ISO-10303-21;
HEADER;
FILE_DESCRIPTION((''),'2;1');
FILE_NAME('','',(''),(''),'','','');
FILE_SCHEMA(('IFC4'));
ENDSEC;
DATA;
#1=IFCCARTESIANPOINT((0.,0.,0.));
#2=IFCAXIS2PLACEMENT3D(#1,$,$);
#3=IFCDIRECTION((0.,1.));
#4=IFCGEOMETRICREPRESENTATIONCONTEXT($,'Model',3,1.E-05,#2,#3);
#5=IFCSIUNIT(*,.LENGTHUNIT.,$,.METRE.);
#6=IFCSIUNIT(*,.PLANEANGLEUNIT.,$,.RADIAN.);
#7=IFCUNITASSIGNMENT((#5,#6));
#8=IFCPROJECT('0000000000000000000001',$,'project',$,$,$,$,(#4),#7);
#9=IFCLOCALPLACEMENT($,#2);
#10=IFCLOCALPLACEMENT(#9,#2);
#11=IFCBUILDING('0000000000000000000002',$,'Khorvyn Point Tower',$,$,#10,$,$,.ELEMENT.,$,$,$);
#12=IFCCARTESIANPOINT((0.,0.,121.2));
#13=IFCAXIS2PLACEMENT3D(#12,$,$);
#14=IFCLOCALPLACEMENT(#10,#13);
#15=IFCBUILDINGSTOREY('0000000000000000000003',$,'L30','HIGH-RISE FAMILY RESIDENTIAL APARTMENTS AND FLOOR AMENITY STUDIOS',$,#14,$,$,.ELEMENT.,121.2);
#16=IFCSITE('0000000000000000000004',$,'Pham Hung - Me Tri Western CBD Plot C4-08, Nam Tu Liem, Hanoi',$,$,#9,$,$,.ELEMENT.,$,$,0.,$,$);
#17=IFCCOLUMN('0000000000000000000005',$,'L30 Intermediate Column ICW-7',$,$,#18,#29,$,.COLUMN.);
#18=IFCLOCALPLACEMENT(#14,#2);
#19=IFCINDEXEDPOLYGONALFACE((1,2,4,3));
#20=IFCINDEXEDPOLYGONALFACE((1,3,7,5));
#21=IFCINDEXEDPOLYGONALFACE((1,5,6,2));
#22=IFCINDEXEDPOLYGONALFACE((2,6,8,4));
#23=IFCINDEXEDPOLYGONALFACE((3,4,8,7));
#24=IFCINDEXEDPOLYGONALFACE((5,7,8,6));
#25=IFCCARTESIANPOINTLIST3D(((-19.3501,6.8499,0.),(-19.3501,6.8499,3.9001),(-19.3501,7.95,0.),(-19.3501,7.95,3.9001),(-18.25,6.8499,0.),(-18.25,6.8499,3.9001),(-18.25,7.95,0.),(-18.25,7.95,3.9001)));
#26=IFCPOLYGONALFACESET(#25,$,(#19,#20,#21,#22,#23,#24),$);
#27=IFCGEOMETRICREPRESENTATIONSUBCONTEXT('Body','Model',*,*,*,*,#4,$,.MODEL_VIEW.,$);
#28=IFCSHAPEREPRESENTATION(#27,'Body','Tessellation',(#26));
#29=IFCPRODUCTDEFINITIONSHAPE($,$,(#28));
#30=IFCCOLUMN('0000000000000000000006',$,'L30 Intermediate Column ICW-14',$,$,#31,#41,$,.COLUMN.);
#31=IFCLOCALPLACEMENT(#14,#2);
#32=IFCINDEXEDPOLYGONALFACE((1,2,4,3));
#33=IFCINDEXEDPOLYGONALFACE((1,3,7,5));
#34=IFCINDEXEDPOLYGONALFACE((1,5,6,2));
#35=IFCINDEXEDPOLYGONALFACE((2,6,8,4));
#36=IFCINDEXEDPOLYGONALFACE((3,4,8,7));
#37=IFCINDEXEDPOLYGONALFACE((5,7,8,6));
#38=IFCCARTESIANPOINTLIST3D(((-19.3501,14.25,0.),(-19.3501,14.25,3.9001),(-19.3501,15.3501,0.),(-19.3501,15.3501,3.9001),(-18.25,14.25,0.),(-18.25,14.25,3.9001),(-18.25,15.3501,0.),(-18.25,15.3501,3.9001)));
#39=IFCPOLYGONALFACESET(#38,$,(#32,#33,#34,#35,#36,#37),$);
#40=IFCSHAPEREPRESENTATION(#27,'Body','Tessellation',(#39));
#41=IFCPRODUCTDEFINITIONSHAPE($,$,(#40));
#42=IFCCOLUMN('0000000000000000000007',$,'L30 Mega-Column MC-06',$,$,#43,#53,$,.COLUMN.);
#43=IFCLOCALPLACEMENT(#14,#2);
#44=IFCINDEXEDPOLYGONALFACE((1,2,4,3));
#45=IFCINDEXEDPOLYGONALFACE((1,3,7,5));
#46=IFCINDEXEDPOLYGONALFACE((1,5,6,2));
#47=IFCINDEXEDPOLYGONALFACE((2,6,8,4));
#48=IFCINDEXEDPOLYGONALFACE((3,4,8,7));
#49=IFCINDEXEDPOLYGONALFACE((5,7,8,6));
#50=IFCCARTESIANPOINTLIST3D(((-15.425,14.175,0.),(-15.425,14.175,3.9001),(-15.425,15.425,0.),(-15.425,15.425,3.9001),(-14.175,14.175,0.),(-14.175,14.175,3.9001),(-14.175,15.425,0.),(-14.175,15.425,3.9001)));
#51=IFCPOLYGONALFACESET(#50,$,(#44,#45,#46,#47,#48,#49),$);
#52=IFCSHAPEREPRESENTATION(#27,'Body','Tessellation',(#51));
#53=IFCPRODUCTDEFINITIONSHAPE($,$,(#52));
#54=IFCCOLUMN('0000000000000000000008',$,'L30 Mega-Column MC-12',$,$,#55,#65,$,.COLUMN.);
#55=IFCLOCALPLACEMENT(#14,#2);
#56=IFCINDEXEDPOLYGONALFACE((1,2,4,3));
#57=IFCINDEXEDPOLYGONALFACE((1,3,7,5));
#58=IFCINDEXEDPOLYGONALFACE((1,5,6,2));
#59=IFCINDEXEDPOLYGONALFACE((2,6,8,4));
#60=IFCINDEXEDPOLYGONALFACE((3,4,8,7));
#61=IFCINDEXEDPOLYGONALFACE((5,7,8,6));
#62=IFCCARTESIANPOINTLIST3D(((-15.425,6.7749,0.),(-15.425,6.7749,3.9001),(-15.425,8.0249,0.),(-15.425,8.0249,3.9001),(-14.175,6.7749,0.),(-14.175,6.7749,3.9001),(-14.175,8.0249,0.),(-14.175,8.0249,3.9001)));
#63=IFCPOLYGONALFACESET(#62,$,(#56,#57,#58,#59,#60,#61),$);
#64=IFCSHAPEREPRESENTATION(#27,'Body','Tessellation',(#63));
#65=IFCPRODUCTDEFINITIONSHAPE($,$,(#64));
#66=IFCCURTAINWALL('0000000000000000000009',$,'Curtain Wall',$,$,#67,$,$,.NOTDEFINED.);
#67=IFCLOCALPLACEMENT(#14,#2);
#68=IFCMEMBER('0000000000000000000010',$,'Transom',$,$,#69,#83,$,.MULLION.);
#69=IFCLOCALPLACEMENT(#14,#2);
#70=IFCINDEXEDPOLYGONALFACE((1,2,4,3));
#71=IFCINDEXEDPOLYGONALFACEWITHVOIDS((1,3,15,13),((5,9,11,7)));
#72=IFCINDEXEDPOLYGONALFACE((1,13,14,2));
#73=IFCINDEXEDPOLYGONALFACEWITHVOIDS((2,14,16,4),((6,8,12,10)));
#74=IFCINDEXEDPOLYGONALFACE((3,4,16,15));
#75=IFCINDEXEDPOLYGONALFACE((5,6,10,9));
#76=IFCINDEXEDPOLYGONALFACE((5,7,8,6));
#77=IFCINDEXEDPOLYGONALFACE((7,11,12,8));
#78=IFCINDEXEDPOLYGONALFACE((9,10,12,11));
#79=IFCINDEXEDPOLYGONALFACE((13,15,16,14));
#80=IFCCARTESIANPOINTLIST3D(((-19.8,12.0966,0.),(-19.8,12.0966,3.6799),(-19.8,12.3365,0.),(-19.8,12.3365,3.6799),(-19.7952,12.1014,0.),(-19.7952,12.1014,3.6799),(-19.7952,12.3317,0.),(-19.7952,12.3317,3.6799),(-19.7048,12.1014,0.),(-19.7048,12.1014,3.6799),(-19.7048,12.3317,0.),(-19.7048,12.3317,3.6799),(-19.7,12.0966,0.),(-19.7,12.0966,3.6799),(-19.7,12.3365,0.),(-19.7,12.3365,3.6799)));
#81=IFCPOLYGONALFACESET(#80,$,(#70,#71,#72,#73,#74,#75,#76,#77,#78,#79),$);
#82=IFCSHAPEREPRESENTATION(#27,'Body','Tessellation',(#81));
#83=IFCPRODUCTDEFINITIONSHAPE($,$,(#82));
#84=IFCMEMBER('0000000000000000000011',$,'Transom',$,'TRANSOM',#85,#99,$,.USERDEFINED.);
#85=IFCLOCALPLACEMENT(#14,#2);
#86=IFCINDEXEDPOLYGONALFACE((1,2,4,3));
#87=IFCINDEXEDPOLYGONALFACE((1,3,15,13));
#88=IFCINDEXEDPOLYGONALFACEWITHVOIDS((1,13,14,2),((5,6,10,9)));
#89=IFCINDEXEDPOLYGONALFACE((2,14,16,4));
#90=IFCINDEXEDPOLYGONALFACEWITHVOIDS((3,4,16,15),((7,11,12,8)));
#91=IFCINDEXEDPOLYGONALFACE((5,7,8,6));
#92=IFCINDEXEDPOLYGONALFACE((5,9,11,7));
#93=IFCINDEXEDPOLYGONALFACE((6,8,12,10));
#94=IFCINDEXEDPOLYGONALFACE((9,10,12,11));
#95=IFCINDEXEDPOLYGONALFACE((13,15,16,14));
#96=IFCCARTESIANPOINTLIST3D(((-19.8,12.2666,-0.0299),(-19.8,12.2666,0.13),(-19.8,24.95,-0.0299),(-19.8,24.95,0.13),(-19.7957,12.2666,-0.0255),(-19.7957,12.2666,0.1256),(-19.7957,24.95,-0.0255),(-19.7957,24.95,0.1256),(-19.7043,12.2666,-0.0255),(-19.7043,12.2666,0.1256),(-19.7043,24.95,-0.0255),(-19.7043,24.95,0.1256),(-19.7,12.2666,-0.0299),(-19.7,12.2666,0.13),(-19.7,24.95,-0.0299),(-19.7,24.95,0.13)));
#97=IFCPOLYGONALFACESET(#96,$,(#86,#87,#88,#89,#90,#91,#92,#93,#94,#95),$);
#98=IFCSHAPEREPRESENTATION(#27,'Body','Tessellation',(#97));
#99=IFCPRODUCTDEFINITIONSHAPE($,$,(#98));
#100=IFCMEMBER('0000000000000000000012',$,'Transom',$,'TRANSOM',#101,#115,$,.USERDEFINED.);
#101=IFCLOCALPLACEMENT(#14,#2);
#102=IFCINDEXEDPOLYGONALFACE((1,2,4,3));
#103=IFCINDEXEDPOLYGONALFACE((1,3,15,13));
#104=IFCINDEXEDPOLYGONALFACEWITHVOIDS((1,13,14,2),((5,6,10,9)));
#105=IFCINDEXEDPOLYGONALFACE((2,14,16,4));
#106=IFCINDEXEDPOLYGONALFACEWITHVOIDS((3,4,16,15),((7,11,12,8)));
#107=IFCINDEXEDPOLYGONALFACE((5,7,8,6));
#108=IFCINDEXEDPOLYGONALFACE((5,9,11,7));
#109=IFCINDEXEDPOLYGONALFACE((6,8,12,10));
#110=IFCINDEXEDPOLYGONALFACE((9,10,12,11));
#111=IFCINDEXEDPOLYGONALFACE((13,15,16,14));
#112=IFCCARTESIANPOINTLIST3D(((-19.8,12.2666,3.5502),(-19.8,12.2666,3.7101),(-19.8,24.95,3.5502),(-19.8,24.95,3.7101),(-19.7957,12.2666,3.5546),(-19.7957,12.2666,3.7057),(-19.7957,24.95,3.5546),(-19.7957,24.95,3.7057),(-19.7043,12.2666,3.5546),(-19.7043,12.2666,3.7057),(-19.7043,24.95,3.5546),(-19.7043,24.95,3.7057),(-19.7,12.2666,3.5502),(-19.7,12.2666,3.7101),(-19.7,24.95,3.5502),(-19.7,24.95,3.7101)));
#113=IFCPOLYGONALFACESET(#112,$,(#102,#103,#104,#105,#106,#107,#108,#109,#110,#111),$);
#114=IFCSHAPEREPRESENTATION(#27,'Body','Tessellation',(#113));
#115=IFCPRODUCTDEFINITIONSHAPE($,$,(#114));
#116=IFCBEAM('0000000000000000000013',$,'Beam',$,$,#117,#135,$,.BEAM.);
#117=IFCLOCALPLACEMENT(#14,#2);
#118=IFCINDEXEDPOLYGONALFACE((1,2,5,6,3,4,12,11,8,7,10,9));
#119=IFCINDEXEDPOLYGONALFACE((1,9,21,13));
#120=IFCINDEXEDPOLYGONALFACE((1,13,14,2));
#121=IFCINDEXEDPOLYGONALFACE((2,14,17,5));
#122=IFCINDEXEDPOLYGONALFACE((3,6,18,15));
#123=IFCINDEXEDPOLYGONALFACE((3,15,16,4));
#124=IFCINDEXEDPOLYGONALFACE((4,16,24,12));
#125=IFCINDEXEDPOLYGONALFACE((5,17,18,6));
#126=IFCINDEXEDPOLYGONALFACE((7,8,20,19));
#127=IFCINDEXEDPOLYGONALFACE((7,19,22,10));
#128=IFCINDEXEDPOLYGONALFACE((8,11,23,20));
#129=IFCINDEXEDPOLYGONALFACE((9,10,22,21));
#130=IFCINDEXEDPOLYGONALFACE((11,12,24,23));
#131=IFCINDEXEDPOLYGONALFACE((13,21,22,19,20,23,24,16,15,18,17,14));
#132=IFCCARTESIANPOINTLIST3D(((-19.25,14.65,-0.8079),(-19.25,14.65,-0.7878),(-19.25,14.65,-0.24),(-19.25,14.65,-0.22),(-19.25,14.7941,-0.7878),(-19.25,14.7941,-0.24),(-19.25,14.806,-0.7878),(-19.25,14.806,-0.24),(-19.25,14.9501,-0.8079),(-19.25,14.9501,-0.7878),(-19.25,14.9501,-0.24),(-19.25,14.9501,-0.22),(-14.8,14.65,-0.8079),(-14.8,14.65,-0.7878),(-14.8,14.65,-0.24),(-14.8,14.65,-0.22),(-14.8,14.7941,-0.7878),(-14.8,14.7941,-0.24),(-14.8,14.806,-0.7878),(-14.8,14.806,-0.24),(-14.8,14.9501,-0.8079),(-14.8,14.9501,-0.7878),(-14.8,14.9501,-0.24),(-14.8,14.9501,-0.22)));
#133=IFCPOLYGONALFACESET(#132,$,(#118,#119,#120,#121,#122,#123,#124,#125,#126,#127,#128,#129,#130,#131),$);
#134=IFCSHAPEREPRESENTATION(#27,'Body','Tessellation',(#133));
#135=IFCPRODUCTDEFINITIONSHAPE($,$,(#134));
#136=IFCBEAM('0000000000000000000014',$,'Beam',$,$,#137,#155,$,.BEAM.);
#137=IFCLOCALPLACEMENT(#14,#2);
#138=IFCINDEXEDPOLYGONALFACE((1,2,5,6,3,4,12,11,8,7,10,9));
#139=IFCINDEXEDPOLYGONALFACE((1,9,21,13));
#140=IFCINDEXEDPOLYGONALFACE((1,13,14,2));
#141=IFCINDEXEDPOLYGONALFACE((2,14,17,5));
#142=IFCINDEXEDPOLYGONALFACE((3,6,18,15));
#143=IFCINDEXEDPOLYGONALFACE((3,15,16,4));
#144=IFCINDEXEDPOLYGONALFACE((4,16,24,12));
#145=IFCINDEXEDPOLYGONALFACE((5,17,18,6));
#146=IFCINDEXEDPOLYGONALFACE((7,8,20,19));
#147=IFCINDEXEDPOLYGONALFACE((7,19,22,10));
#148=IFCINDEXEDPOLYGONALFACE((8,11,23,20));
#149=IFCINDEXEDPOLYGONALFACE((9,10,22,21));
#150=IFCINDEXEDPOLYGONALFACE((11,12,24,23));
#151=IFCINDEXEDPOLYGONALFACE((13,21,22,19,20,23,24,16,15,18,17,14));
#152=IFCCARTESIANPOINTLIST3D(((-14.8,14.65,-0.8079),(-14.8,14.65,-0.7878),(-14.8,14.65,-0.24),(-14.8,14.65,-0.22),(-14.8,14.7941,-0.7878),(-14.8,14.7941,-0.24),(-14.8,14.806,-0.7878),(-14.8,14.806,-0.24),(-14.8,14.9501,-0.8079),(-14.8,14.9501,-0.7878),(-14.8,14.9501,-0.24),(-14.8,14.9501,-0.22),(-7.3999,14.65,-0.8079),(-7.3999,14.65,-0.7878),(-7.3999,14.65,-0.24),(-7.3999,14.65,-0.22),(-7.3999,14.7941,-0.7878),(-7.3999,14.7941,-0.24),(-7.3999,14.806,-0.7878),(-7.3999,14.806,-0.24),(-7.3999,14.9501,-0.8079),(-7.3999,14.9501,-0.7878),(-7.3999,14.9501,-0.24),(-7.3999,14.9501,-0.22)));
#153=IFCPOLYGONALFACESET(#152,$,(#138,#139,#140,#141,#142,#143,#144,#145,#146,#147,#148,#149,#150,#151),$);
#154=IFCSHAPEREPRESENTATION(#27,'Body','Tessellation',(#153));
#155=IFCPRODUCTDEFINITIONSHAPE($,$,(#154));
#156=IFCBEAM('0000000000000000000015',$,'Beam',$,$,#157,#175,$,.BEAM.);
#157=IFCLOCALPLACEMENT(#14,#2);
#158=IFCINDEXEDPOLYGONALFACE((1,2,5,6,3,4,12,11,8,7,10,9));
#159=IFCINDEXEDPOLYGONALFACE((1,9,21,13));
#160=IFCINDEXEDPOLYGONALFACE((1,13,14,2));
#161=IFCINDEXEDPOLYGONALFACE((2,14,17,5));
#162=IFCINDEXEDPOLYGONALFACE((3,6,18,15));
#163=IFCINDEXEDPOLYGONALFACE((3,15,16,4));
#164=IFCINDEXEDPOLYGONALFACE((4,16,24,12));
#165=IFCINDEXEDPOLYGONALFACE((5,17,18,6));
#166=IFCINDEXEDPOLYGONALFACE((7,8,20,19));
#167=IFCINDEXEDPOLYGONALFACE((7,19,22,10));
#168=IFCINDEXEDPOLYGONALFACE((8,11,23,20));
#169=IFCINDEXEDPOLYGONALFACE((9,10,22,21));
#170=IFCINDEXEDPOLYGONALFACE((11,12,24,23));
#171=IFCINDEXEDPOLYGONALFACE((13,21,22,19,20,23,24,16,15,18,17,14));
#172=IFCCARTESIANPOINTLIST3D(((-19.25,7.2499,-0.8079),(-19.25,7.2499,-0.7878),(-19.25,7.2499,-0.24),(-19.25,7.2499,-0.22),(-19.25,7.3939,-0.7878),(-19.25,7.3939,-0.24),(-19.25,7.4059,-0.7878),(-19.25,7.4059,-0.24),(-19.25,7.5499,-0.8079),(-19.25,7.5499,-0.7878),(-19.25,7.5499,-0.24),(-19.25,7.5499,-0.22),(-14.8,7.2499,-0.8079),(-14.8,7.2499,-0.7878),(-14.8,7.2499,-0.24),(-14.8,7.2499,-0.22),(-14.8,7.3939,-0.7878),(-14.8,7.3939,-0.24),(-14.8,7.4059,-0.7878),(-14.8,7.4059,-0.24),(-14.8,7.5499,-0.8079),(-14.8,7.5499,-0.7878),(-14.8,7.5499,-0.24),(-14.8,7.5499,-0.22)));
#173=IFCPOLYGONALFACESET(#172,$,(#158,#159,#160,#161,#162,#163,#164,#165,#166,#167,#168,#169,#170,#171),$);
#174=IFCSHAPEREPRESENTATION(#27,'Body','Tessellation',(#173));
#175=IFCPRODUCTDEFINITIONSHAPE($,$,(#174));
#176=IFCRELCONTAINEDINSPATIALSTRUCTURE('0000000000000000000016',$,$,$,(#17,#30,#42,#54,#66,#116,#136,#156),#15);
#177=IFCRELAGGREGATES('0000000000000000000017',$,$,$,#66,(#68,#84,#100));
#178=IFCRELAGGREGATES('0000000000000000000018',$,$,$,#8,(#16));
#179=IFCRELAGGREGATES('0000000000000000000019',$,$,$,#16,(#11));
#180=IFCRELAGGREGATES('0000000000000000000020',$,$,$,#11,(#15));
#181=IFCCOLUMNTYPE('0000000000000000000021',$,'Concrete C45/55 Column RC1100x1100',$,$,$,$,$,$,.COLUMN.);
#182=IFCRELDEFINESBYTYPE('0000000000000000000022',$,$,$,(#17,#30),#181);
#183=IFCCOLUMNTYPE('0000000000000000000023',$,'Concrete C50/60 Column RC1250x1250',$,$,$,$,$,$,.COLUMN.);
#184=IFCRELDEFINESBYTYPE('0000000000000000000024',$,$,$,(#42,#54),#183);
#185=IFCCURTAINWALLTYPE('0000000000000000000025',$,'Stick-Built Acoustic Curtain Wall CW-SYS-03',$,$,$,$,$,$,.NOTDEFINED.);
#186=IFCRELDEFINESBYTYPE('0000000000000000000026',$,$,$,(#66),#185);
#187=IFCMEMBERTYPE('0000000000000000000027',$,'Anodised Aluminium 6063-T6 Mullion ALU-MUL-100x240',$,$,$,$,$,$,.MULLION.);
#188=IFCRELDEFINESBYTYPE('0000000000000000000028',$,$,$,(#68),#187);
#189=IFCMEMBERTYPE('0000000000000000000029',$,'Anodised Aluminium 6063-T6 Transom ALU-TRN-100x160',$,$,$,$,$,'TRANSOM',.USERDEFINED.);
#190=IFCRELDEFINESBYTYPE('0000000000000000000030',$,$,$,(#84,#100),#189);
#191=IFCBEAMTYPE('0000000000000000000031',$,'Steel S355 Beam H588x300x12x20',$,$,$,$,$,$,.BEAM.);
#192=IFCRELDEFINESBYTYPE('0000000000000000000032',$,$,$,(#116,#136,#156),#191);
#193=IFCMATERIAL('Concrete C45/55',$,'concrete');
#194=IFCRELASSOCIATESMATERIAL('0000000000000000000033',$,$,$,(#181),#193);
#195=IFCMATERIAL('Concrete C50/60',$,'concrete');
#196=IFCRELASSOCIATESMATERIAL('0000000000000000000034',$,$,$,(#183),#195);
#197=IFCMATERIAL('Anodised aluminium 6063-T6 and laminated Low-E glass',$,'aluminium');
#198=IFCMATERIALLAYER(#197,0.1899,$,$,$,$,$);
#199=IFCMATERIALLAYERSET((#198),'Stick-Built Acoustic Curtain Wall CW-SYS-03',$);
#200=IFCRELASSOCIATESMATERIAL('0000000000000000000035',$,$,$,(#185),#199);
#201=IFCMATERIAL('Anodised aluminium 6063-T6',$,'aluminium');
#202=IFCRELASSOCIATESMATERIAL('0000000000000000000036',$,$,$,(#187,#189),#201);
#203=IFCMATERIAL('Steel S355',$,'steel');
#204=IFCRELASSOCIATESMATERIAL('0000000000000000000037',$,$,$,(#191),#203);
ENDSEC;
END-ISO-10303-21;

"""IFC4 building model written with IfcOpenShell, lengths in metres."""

from ifc_helpers import new_model, si_unit, direction, frame, origin, origin_2d, place, context, subcontext, project, spatial, rectangle, hollow_rectangle, i_section, extrude, material, layer, layer_set, material_profile, profile_set, type_object, element, aggregate, save


model = new_model("IFC4")

# Units and contexts
model_context = context("Model", 3, precision=1e-05, world=origin(), true_north=direction((0.0, 1.0)))
body_context = subcontext(model_context, "Body", "Model", "MODEL_VIEW")
ifc_project = project(units=[si_unit("LENGTHUNIT", "METRE"), si_unit("PLANEANGLEUNIT", "RADIAN")], contexts=[model_context])

# Site, building, storey
site_placement = place(None, origin())
site = spatial("IfcSite", under=ifc_project, at=site_placement, Name="Pham Hung - Me Tri Western CBD Plot C4-08, Nam Tu Liem, Hanoi", CompositionType="ELEMENT", RefElevation=0.0)
building_placement = place(site_placement, origin())
building = spatial("IfcBuilding", under=site, at=building_placement, Name="Khorvyn Point Tower", CompositionType="ELEMENT")
storey_placement = place(building_placement, frame((0.0, 0.0, 121.2)))
storey = spatial("IfcBuildingStorey", under=building, at=storey_placement, Name="L30", Description="HIGH-RISE FAMILY RESIDENTIAL APARTMENTS AND FLOOR AMENITY STUDIOS", CompositionType="ELEMENT", Elevation=121.2)

# Columns
ifc_material_1 = material(Name="Concrete C45/55", Category="concrete")
ifc_material_profile_1 = material_profile(ifc_material_1, rectangle(XDim=1.1001, YDim=1.1001, at=origin_2d()))
ifc_profile_set_1 = profile_set([ifc_material_profile_1], Name="Concrete C45/55 RC1100x1100")
column_type_1 = type_object("IfcColumnType", Name="Concrete C45/55 Column RC1100x1100", PredefinedType="COLUMN", material=ifc_profile_set_1)
for number, where, z_axis, x_axis, name in (
    (1, (-18.8, 7.3999, 0.0), (0.0, 0.0, 1.0), (1.0, 0.0, 0.0), "L30 Intermediate Column ICW-7"),
    (2, (-18.8, 14.8, 0.0), (0.0, 0.0, 1.0), (1.0, 0.0, 0.0), "L30 Intermediate Column ICW-14"),
):
    element("IfcColumn", number, at=place(storey_placement, frame(where, z_axis=z_axis, x_axis=x_axis)), inside=storey, type_object=column_type_1, Name=name, PredefinedType="COLUMN", context=body_context, shape_type="SweptSolid", body=[
        extrude(rectangle(XDim=1.1001, YDim=1.1001, at=origin_2d()), origin(), (0.0, 0.0, 1.0), 3.9001),
    ])
ifc_material_2 = material(Name="Concrete C50/60", Category="concrete")
ifc_material_profile_2 = material_profile(ifc_material_2, rectangle(XDim=1.25, YDim=1.25, at=origin_2d()))
ifc_profile_set_2 = profile_set([ifc_material_profile_2], Name="Concrete C50/60 RC1250x1250")
column_type_2 = type_object("IfcColumnType", Name="Concrete C50/60 Column RC1250x1250", PredefinedType="COLUMN", material=ifc_profile_set_2)
for number, where, z_axis, x_axis, name in (
    (3, (-14.8, 14.8, 0.0), (0.0, 0.0, 1.0), (1.0, 0.0, 0.0), "L30 Mega-Column MC-06"),
    (4, (-14.8, 7.3999, 0.0), (0.0, 0.0, 1.0), (1.0, 0.0, 0.0), "L30 Mega-Column MC-12"),
):
    element("IfcColumn", number, at=place(storey_placement, frame(where, z_axis=z_axis, x_axis=x_axis)), inside=storey, type_object=column_type_2, Name=name, PredefinedType="COLUMN", context=body_context, shape_type="SweptSolid", body=[
        extrude(rectangle(XDim=1.25, YDim=1.25, at=origin_2d()), origin(), (0.0, 0.0, 1.0), 3.9001),
    ])

# Curtain wall, members
ifc_material_3 = material(Name="Anodised aluminium 6063-T6 and laminated Low-E glass", Category="aluminium")
ifc_layer_1 = layer(ifc_material_3, 0.1899)
ifc_layer_set_1 = layer_set([ifc_layer_1], Name="Stick-Built Acoustic Curtain Wall CW-SYS-03")
curtain_wall_type = type_object("IfcCurtainWallType", Name="Stick-Built Acoustic Curtain Wall CW-SYS-03", PredefinedType="NOTDEFINED", material=ifc_layer_set_1)
curtain_wall_placement = place(storey_placement, origin())
curtain_wall = element("IfcCurtainWall", 5, at=curtain_wall_placement, inside=storey, type_object=curtain_wall_type, Name="Curtain Wall", PredefinedType="NOTDEFINED")
ifc_material_4 = material(Name="Anodised aluminium 6063-T6", Category="aluminium")
ifc_material_profile_3 = material_profile(ifc_material_4, hollow_rectangle(XDim=0.1001, YDim=0.24, WallThickness=0.0049, at=origin_2d()))
ifc_profile_set_3 = profile_set([ifc_material_profile_3], Name="Anodised aluminium 6063-T6 ALU-MUL-100x240")
member_type_1 = type_object("IfcMemberType", Name="Anodised Aluminium 6063-T6 Mullion ALU-MUL-100x240", PredefinedType="MULLION", material=ifc_profile_set_3)
member_1_placement = place(storey_placement, frame((-19.75, 12.2166, 0.0), z_axis=(0.0, 0.0, 1.0), x_axis=(-1.0, 0.0, 0.0)))
member_1 = element("IfcMember", 6, at=member_1_placement, type_object=member_type_1, Name="Transom", PredefinedType="MULLION", context=body_context, shape_type="SweptSolid", body=[
    extrude(hollow_rectangle(XDim=0.1001, YDim=0.24, WallThickness=0.0049, at=origin_2d()), origin(), (0.0, 0.0, 1.0), 3.6799),
])
ifc_material_profile_4 = material_profile(ifc_material_4, hollow_rectangle(XDim=0.1001, YDim=0.1599, WallThickness=0.0044, at=origin_2d()))
ifc_profile_set_4 = profile_set([ifc_material_profile_4], Name="Anodised aluminium 6063-T6 ALU-TRN-100x160")
member_type_2 = type_object("IfcMemberType", Name="Anodised Aluminium 6063-T6 Transom ALU-TRN-100x160", ElementType="TRANSOM", PredefinedType="USERDEFINED", material=ifc_profile_set_4)
member_2_placement = place(storey_placement, frame((-19.75, 12.2666, 0.05), z_axis=(0.0, 1.0, 0.0), x_axis=(-1.0, 0.0, 0.0)))
member_2 = element("IfcMember", 7, at=member_2_placement, type_object=member_type_2, Name="Transom", ObjectType="TRANSOM", PredefinedType="USERDEFINED", context=body_context, shape_type="SweptSolid", body=[
    extrude(hollow_rectangle(XDim=0.1001, YDim=0.1599, WallThickness=0.0044, at=origin_2d()), origin(), (0.0, 0.0, 1.0), 12.6833),
])
member_3_placement = place(storey_placement, frame((-19.75, 12.2666, 3.6301), z_axis=(0.0, 1.0, 0.0), x_axis=(-1.0, 0.0, 0.0)))
member_3 = element("IfcMember", 8, at=member_3_placement, type_object=member_type_2, Name="Transom", ObjectType="TRANSOM", PredefinedType="USERDEFINED", context=body_context, shape_type="SweptSolid", body=[
    extrude(hollow_rectangle(XDim=0.1001, YDim=0.1599, WallThickness=0.0044, at=origin_2d()), origin(), (0.0, 0.0, 1.0), 12.6833),
])

# Beams
ifc_material_5 = material(Name="Steel S355", Category="steel")
ifc_material_profile_5 = material_profile(ifc_material_5, i_section(OverallWidth=0.3, OverallDepth=0.5879, WebThickness=0.012, FlangeThickness=0.02, at=origin_2d()))
ifc_profile_set_5 = profile_set([ifc_material_profile_5], Name="Steel S355 H588x300x12x20")
beam_type_1 = type_object("IfcBeamType", Name="Steel S355 Beam H588x300x12x20", PredefinedType="BEAM", material=ifc_profile_set_5)
beam_1_placement = place(storey_placement, frame((-19.25, 14.8, -0.5139), z_axis=(1.0, 0.0, 0.0), x_axis=(0.0, 1.0, 0.0)))
element("IfcBeam", 9, at=beam_1_placement, inside=storey, type_object=beam_type_1, Name="Beam", PredefinedType="BEAM", context=body_context, shape_type="SweptSolid", body=[
    extrude(i_section(OverallWidth=0.3, OverallDepth=0.5879, WebThickness=0.012, FlangeThickness=0.02, at=origin_2d()), origin(), (0.0, 0.0, 1.0), 4.45),
])
beam_2_placement = place(storey_placement, frame((-14.8, 14.8, -0.5139), z_axis=(1.0, 0.0, 0.0), x_axis=(0.0, 1.0, 0.0)))
element("IfcBeam", 10, at=beam_2_placement, inside=storey, type_object=beam_type_1, Name="Beam", PredefinedType="BEAM", context=body_context, shape_type="SweptSolid", body=[
    extrude(i_section(OverallWidth=0.3, OverallDepth=0.5879, WebThickness=0.012, FlangeThickness=0.02, at=origin_2d()), origin(), (0.0, 0.0, 1.0), 7.4001),
])
beam_3_placement = place(storey_placement, frame((-19.25, 7.3999, -0.5139), z_axis=(1.0, 0.0, 0.0), x_axis=(0.0, 1.0, 0.0)))
element("IfcBeam", 11, at=beam_3_placement, inside=storey, type_object=beam_type_1, Name="Beam", PredefinedType="BEAM", context=body_context, shape_type="SweptSolid", body=[
    extrude(i_section(OverallWidth=0.3, OverallDepth=0.5879, WebThickness=0.012, FlangeThickness=0.02, at=origin_2d()), origin(), (0.0, 0.0, 1.0), 4.45),
])

aggregate(curtain_wall, [member_1, member_2, member_3])

save(model, "model.ifc")
